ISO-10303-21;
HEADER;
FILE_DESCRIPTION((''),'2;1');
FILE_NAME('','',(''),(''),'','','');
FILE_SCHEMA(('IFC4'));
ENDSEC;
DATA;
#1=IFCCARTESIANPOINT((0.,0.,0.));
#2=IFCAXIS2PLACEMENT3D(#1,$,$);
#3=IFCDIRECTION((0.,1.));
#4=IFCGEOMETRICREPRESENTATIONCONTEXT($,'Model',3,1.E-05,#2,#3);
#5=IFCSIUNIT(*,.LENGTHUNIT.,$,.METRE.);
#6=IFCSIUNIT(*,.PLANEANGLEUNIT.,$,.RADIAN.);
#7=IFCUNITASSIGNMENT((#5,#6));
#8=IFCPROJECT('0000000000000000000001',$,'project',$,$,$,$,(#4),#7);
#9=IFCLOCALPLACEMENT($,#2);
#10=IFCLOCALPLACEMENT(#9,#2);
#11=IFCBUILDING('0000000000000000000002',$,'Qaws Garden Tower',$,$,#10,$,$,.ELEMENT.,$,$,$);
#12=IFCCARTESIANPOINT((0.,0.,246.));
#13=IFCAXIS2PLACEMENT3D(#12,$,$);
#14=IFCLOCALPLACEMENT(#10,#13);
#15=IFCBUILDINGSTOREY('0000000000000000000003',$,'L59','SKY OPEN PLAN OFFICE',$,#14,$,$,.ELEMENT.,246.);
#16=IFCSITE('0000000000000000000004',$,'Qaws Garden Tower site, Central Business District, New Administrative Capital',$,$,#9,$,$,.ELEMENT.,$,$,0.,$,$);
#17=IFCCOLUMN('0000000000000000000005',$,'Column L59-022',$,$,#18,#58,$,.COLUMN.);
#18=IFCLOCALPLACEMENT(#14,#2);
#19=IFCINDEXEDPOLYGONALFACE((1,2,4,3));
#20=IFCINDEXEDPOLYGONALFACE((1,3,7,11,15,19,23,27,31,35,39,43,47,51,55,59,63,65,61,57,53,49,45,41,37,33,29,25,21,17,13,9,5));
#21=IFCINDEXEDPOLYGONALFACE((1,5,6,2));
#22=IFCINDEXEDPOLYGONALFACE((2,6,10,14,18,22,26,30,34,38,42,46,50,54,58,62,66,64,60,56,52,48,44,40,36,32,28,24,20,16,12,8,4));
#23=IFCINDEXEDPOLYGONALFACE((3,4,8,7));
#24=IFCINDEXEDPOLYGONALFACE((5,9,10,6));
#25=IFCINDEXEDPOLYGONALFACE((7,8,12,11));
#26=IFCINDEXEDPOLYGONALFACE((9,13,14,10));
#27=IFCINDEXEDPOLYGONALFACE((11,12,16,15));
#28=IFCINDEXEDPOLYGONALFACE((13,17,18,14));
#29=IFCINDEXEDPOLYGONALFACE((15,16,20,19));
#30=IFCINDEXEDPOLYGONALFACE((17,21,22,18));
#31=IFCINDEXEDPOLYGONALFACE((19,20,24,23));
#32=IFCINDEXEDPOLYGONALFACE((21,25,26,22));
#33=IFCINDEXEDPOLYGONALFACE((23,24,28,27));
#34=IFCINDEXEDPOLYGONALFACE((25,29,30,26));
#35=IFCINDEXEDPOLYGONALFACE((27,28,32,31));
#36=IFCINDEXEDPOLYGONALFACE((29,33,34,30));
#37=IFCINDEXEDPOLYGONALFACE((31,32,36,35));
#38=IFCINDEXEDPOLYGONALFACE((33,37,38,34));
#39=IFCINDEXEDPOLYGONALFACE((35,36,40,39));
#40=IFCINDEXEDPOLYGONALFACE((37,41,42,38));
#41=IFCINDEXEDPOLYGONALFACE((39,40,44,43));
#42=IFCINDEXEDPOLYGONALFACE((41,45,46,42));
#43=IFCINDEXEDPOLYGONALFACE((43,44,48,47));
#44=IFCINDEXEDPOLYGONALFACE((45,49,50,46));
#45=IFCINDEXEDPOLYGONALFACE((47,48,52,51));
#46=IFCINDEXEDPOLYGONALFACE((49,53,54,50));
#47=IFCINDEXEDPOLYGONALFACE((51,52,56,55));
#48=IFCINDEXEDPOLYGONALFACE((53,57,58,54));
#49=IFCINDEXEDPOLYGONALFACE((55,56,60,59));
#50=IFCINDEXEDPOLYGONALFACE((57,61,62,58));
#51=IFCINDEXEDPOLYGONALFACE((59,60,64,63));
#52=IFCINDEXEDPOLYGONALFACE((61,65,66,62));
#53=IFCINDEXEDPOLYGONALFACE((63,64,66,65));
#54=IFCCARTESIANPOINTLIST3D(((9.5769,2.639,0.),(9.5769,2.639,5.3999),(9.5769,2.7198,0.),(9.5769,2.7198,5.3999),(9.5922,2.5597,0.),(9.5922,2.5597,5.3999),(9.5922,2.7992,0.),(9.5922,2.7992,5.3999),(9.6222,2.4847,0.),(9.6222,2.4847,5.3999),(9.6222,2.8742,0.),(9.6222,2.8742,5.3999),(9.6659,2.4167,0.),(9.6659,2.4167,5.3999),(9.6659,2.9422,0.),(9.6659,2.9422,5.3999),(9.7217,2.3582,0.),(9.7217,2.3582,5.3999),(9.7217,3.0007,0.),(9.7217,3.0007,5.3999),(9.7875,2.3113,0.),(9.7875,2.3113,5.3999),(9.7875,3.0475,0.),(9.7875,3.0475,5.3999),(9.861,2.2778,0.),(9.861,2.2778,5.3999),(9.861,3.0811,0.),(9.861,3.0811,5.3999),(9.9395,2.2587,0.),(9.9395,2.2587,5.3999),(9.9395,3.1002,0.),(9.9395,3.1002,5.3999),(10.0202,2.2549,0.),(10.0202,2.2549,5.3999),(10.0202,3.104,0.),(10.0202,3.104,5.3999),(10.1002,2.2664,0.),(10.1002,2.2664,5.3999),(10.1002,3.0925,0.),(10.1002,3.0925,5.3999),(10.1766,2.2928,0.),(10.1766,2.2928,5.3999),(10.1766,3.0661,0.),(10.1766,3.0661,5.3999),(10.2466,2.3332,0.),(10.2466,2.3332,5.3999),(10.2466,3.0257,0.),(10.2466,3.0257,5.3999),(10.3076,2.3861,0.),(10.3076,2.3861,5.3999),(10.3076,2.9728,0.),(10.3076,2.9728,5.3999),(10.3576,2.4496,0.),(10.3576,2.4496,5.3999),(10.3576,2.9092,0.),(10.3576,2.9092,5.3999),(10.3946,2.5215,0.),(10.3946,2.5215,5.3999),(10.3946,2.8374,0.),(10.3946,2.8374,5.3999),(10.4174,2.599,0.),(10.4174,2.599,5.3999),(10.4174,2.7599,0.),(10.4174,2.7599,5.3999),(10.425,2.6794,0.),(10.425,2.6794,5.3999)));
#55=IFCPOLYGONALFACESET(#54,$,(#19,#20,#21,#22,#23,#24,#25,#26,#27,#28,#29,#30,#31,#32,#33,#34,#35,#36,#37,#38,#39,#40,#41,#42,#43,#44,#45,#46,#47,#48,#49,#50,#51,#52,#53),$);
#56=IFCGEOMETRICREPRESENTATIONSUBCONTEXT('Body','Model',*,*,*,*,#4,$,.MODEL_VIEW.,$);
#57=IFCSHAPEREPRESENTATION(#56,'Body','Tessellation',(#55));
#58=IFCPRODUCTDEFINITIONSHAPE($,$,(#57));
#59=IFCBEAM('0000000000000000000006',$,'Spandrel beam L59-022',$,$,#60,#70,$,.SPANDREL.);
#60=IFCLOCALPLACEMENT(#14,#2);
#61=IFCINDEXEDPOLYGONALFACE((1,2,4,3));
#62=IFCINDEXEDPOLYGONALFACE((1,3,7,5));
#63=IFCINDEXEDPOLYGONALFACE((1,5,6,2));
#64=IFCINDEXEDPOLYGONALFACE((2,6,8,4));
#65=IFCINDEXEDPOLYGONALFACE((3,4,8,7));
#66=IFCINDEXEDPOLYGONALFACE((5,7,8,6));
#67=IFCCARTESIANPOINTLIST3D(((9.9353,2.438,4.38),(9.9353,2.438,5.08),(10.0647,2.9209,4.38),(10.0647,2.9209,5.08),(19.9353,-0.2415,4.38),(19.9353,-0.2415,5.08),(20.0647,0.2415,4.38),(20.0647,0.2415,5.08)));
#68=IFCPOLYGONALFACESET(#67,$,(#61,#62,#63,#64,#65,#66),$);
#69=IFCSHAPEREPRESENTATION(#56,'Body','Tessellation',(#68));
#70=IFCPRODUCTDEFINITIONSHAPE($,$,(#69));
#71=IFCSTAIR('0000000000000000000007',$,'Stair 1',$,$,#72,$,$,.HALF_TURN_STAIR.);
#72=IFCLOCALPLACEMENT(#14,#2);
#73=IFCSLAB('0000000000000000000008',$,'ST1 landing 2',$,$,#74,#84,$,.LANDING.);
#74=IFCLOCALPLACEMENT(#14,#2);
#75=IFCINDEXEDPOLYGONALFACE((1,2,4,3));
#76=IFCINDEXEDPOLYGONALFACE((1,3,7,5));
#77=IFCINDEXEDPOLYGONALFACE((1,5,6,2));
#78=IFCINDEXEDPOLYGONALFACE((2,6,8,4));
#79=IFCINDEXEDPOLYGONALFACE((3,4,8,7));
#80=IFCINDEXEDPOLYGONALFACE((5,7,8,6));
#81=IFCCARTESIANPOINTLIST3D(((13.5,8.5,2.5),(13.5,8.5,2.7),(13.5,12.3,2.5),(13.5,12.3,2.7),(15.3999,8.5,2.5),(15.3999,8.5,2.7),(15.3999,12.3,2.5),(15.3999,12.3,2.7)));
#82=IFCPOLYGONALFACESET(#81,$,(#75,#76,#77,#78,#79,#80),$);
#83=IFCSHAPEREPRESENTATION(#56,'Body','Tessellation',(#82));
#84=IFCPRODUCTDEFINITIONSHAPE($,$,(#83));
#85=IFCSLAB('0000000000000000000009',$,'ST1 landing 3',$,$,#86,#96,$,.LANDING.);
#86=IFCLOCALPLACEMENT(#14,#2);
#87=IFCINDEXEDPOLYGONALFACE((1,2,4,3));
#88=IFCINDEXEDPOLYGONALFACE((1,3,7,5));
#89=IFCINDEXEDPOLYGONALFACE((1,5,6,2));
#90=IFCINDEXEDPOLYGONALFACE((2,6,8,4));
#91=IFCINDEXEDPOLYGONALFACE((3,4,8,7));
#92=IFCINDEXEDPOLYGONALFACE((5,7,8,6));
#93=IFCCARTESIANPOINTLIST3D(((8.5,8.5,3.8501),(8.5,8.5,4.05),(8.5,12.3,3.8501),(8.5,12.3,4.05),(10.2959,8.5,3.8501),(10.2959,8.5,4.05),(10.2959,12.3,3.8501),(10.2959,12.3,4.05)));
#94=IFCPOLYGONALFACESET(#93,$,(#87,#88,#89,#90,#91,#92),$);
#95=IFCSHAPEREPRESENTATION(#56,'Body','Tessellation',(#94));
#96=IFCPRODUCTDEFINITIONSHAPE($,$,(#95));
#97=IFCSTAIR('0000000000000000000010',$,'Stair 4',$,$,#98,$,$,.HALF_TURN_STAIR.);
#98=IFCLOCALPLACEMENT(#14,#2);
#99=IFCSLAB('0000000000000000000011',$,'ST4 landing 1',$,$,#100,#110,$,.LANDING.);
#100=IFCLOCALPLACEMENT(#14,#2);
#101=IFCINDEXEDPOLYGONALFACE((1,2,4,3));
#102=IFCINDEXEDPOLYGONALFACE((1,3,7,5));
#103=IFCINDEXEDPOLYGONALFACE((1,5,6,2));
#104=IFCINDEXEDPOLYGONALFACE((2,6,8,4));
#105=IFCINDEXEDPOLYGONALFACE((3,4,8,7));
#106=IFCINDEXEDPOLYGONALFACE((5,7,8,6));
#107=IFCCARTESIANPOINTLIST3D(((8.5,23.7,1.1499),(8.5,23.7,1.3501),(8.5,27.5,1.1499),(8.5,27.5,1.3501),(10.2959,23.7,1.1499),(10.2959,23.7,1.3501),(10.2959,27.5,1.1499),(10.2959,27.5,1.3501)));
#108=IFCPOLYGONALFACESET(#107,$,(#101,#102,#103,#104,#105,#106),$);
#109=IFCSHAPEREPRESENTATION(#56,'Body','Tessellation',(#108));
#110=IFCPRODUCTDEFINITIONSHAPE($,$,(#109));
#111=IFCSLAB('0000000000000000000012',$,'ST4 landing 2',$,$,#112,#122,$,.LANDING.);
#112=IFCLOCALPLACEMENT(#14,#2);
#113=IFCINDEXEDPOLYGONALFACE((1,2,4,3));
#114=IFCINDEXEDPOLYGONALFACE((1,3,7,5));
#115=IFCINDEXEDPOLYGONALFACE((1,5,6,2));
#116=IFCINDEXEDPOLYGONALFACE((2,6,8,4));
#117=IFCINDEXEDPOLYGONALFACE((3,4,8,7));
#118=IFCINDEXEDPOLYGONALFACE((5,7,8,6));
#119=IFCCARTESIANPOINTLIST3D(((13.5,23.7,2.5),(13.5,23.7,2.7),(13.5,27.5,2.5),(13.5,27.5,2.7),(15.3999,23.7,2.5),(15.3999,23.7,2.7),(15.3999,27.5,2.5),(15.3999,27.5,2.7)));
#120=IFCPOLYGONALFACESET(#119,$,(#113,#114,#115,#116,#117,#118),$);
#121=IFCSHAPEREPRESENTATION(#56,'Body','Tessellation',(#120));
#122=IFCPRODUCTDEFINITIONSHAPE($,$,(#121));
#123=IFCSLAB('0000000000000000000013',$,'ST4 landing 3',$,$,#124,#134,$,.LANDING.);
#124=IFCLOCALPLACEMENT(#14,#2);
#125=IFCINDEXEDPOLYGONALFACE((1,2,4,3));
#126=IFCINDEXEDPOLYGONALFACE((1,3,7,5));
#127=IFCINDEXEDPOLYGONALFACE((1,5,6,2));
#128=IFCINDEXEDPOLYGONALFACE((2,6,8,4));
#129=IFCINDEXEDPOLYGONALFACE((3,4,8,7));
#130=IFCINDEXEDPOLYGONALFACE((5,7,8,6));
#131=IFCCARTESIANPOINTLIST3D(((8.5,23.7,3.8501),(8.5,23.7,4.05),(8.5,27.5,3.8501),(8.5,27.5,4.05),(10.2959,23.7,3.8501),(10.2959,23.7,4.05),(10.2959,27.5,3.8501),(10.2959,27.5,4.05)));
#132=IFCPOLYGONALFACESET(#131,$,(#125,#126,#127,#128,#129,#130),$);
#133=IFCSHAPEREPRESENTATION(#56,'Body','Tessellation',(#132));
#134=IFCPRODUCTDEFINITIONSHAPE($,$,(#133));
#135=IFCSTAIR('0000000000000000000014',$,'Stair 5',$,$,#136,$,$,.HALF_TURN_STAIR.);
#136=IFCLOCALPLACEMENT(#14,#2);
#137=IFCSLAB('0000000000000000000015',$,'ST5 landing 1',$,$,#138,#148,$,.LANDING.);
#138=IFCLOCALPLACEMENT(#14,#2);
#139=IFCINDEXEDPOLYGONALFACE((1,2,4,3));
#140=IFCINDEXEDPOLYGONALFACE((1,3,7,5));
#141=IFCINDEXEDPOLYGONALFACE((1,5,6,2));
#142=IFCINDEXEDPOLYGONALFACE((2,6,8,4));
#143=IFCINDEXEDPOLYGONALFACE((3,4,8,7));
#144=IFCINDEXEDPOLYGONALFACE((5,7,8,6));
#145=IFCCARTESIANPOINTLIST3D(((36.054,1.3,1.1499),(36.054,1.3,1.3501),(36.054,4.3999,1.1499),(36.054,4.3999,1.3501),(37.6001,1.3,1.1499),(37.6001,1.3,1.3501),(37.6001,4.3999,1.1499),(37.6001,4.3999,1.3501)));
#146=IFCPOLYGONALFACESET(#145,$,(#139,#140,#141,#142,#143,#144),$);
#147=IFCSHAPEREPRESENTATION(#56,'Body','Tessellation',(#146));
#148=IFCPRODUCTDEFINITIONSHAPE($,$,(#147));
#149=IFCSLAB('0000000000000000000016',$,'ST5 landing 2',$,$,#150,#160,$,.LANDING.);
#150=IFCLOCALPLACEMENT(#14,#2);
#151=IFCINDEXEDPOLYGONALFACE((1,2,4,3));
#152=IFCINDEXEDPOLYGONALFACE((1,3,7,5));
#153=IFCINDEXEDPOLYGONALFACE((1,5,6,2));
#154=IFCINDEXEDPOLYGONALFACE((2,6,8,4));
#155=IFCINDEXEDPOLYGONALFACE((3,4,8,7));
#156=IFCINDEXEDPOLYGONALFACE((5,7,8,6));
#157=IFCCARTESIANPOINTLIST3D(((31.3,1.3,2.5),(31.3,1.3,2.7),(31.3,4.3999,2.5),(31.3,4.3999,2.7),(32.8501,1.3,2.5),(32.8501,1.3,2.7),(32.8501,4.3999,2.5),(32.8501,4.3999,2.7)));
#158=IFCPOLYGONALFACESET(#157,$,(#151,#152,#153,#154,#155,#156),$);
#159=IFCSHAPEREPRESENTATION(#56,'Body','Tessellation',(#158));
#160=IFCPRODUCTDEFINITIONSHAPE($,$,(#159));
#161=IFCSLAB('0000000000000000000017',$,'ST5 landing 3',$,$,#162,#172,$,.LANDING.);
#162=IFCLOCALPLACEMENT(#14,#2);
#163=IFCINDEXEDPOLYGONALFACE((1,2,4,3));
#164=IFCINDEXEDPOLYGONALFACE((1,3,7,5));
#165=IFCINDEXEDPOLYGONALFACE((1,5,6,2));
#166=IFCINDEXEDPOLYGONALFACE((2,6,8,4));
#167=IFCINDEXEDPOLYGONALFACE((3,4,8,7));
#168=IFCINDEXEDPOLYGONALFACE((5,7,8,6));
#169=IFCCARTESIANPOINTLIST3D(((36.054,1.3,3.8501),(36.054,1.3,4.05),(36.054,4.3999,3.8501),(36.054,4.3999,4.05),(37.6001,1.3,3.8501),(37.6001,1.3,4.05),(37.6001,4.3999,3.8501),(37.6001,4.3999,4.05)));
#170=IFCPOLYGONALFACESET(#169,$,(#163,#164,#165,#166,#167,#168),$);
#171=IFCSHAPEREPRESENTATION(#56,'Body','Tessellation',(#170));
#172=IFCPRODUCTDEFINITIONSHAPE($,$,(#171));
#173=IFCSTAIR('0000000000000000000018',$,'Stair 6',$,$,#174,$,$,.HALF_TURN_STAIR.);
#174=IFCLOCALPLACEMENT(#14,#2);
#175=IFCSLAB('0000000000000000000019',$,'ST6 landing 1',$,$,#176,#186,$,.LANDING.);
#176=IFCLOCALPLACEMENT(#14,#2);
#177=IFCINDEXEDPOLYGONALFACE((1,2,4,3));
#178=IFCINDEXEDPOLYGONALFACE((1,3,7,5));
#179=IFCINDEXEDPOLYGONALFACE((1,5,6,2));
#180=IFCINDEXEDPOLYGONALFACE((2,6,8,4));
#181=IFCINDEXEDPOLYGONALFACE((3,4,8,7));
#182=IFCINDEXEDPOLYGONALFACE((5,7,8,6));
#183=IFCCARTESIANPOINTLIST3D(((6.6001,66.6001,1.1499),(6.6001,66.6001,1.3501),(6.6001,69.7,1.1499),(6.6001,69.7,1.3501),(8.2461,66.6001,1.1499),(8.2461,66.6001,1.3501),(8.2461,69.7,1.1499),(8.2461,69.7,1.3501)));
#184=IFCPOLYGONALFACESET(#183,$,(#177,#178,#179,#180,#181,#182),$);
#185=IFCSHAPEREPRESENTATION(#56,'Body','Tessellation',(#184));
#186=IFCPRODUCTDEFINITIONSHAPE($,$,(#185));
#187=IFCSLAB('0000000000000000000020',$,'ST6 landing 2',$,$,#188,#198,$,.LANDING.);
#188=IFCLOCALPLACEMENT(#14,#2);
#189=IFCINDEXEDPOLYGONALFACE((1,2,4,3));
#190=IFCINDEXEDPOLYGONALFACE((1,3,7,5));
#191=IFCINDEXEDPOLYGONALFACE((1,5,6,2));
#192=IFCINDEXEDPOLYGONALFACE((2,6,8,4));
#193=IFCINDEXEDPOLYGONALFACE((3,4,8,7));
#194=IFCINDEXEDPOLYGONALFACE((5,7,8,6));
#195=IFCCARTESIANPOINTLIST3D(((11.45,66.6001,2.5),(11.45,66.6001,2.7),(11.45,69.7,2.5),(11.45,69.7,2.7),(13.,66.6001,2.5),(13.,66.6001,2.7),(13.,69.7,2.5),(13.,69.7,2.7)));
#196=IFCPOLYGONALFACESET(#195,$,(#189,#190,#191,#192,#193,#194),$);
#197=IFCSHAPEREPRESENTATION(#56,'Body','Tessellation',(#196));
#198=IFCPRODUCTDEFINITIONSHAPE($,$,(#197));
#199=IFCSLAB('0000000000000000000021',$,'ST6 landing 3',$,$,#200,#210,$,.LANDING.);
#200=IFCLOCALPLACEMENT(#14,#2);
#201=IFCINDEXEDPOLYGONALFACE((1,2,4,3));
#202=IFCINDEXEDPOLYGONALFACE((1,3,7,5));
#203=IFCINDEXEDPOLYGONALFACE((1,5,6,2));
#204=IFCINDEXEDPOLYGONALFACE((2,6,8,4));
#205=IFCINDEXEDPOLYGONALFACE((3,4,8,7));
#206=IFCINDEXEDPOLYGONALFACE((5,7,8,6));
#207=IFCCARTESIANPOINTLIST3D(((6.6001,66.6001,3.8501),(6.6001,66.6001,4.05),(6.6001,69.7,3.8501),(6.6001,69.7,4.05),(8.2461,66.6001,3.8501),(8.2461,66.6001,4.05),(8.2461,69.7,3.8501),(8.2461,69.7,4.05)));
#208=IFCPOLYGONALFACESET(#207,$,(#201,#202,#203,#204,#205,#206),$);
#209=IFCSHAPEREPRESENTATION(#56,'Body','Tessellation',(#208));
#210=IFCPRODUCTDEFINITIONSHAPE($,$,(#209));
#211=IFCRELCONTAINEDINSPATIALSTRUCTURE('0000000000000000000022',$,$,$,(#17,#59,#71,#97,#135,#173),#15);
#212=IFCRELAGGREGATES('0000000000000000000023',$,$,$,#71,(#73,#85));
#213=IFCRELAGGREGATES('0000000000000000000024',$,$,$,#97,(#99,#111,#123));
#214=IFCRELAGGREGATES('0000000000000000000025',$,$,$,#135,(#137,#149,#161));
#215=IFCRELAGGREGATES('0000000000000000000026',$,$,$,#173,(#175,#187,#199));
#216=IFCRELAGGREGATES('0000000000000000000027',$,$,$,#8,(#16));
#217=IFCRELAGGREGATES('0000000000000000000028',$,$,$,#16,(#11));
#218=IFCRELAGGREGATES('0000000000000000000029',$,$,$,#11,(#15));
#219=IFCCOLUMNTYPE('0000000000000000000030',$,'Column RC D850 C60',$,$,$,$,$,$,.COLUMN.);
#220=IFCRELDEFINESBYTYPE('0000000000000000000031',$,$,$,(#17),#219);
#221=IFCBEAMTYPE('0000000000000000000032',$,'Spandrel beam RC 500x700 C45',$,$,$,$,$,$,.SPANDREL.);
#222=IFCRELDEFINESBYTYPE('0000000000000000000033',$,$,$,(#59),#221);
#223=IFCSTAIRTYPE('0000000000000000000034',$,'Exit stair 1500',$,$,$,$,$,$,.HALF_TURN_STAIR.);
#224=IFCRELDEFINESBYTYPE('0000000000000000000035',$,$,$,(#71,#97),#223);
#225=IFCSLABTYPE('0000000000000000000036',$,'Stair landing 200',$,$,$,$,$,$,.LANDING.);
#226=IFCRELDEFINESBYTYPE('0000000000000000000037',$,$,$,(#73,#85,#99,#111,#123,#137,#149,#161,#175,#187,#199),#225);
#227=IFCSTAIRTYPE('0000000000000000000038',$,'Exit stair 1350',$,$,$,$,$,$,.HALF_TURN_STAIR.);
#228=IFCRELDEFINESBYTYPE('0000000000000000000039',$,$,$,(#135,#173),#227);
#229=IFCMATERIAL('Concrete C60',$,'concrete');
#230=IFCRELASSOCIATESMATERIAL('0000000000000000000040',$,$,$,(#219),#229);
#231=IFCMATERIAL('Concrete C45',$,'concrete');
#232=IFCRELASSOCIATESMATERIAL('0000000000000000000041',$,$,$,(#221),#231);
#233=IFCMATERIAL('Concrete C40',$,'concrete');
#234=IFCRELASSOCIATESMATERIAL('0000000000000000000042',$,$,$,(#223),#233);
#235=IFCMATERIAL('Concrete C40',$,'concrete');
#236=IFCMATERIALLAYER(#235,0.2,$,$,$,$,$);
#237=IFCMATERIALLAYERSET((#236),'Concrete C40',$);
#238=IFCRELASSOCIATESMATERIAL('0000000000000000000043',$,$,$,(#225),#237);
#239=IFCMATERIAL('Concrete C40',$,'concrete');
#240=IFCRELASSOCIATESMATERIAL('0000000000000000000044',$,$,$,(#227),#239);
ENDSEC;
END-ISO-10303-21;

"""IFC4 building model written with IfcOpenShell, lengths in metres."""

from ifc_helpers import new_model, si_unit, direction, frame, origin, origin_2d, place, context, subcontext, project, spatial, polyline, rectangle, circle, outline, extrude, material, layer, layer_set, material_profile, profile_set, type_object, element, aggregate, save


model = new_model("IFC4")

# Units and contexts
model_context = context("Model", 3, precision=1e-05, world=origin(), true_north=direction((0.0, 1.0)))
body_context = subcontext(model_context, "Body", "Model", "MODEL_VIEW")
ifc_project = project(units=[si_unit("LENGTHUNIT", "METRE"), si_unit("PLANEANGLEUNIT", "RADIAN")], contexts=[model_context])

# Site, building, storey
site_placement = place(None, origin())
site = spatial("IfcSite", under=ifc_project, at=site_placement, Name="Qaws Garden Tower site, Central Business District, New Administrative Capital", CompositionType="ELEMENT", RefElevation=0.0)
building_placement = place(site_placement, origin())
building = spatial("IfcBuilding", under=site, at=building_placement, Name="Qaws Garden Tower", CompositionType="ELEMENT")
storey_placement = place(building_placement, frame((0.0, 0.0, 246.0)))
storey = spatial("IfcBuildingStorey", under=building, at=storey_placement, Name="L59", Description="SKY OPEN PLAN OFFICE", CompositionType="ELEMENT", Elevation=246.0)

# Column
ifc_material_1 = material(Name="Concrete C60", Category="concrete")
ifc_material_profile_1 = material_profile(ifc_material_1, circle(Radius=0.425, at=origin_2d()), Name="RC D850")
ifc_profile_set_1 = profile_set([ifc_material_profile_1], Name="Concrete C60")
column_type = type_object("IfcColumnType", Name="Column RC D850 C60", PredefinedType="COLUMN", material=ifc_profile_set_1)
column_placement = place(storey_placement, frame((10.0, 2.6794, 0.0), z_axis=(0.0, 0.0, 1.0), x_axis=(1.0, 0.0, 0.0)))
element("IfcColumn", 1, at=column_placement, inside=storey, type_object=column_type, Name="Column L59-022", PredefinedType="COLUMN", context=body_context, shape_type="SweptSolid", body=[
    extrude(circle(Radius=0.425, at=origin_2d()), origin(), (0.0, 0.0, 1.0), 5.3999),
])

# Beam
ifc_material_2 = material(Name="Concrete C45", Category="concrete")
ifc_material_profile_2 = material_profile(ifc_material_2, rectangle(XDim=0.5, YDim=0.7, at=origin_2d()), Name="RC 500x700")
ifc_profile_set_2 = profile_set([ifc_material_profile_2], Name="Concrete C45")
beam_type = type_object("IfcBeamType", Name="Spandrel beam RC 500x700 C45", PredefinedType="SPANDREL", material=ifc_profile_set_2)
beam_placement = place(storey_placement, frame((10.0, 2.6794, 4.73), z_axis=(0.965927, -0.258815, 0.0), x_axis=(0.258815, 0.965927, 0.0)))
element("IfcBeam", 2, at=beam_placement, inside=storey, type_object=beam_type, Name="Spandrel beam L59-022", PredefinedType="SPANDREL", context=body_context, shape_type="SweptSolid", body=[
    extrude(rectangle(XDim=0.5, YDim=0.7, at=origin_2d()), origin(), (0.0, 0.0, 1.0), 10.3528),
])

# Stairs, slabs
ifc_material_3 = material(Name="Concrete C40", Category="concrete")
stair_type_1 = type_object("IfcStairType", Name="Exit stair 1500", PredefinedType="HALF_TURN_STAIR", material=ifc_material_3)
placement_1 = place(storey_placement, origin())
stair_1 = element("IfcStair", 3, at=placement_1, inside=storey, type_object=stair_type_1, Name="Stair 1", PredefinedType="HALF_TURN_STAIR")
ifc_material_4 = material(Name="Concrete C40", Category="concrete")
ifc_layer = layer(ifc_material_4, 0.2)
ifc_layer_set = layer_set([ifc_layer], Name="Concrete C40")
slab_type = type_object("IfcSlabType", Name="Stair landing 200", PredefinedType="LANDING", material=ifc_layer_set)
placement_2 = place(storey_placement, frame((0.0, 0.0, 2.5)))
slab_1 = element("IfcSlab", 4, at=placement_2, type_object=slab_type, Name="ST1 landing 2", PredefinedType="LANDING", context=body_context, shape_type="SweptSolid", body=[
    extrude(outline(polyline([(13.5, 8.5), (15.3999, 8.5), (15.3999, 12.3), (13.5, 12.3), (13.5, 8.5)])), origin(), (0.0, 0.0, 1.0), 0.2),
])
placement_3 = place(storey_placement, frame((0.0, 0.0, 3.8501)))
slab_2 = element("IfcSlab", 5, at=placement_3, type_object=slab_type, Name="ST1 landing 3", PredefinedType="LANDING", context=body_context, shape_type="SweptSolid", body=[
    extrude(outline(polyline([(8.5, 8.5), (10.2959, 8.5), (10.2959, 12.3), (8.5, 12.3), (8.5, 8.5)])), origin(), (0.0, 0.0, 1.0), 0.2),
])
aggregate(stair_1, [slab_1, slab_2])
stair_2 = element("IfcStair", 6, at=placement_1, inside=storey, type_object=stair_type_1, Name="Stair 4", PredefinedType="HALF_TURN_STAIR")
placement_4 = place(storey_placement, frame((0.0, 0.0, 1.1499)))
slab_3 = element("IfcSlab", 7, at=placement_4, type_object=slab_type, Name="ST4 landing 1", PredefinedType="LANDING", context=body_context, shape_type="SweptSolid", body=[
    extrude(outline(polyline([(8.5, 23.7), (10.2959, 23.7), (10.2959, 27.5), (8.5, 27.5), (8.5, 23.7)])), origin(), (0.0, 0.0, 1.0), 0.2002),
])
slab_4 = element("IfcSlab", 8, at=placement_2, type_object=slab_type, Name="ST4 landing 2", PredefinedType="LANDING", context=body_context, shape_type="SweptSolid", body=[
    extrude(outline(polyline([(13.5, 23.7), (15.3999, 23.7), (15.3999, 27.5), (13.5, 27.5), (13.5, 23.7)])), origin(), (0.0, 0.0, 1.0), 0.2),
])
slab_5 = element("IfcSlab", 9, at=placement_3, type_object=slab_type, Name="ST4 landing 3", PredefinedType="LANDING", context=body_context, shape_type="SweptSolid", body=[
    extrude(outline(polyline([(8.5, 23.7), (10.2959, 23.7), (10.2959, 27.5), (8.5, 27.5), (8.5, 23.7)])), origin(), (0.0, 0.0, 1.0), 0.2),
])
aggregate(stair_2, [slab_3, slab_4, slab_5])
ifc_material_5 = material(Name="Concrete C40", Category="concrete")
stair_type_2 = type_object("IfcStairType", Name="Exit stair 1350", PredefinedType="HALF_TURN_STAIR", material=ifc_material_5)
stair_3 = element("IfcStair", 10, at=placement_1, inside=storey, type_object=stair_type_2, Name="Stair 5", PredefinedType="HALF_TURN_STAIR")
slab_6 = element("IfcSlab", 11, at=placement_4, type_object=slab_type, Name="ST5 landing 1", PredefinedType="LANDING", context=body_context, shape_type="SweptSolid", body=[
    extrude(outline(polyline([(36.054, 1.3), (37.6001, 1.3), (37.6001, 4.3999), (36.054, 4.3999), (36.054, 1.3)])), origin(), (0.0, 0.0, 1.0), 0.2002),
])
slab_7 = element("IfcSlab", 12, at=placement_2, type_object=slab_type, Name="ST5 landing 2", PredefinedType="LANDING", context=body_context, shape_type="SweptSolid", body=[
    extrude(outline(polyline([(31.3, 1.3), (32.8501, 1.3), (32.8501, 4.3999), (31.3, 4.3999), (31.3, 1.3)])), origin(), (0.0, 0.0, 1.0), 0.2),
])
slab_8 = element("IfcSlab", 13, at=placement_3, type_object=slab_type, Name="ST5 landing 3", PredefinedType="LANDING", context=body_context, shape_type="SweptSolid", body=[
    extrude(outline(polyline([(36.054, 1.3), (37.6001, 1.3), (37.6001, 4.3999), (36.054, 4.3999), (36.054, 1.3)])), origin(), (0.0, 0.0, 1.0), 0.2),
])
aggregate(stair_3, [slab_6, slab_7, slab_8])
stair_4 = element("IfcStair", 14, at=placement_1, inside=storey, type_object=stair_type_2, Name="Stair 6", PredefinedType="HALF_TURN_STAIR")
slab_9 = element("IfcSlab", 15, at=placement_4, type_object=slab_type, Name="ST6 landing 1", PredefinedType="LANDING", context=body_context, shape_type="SweptSolid", body=[
    extrude(outline(polyline([(6.6001, 66.6001), (8.2461, 66.6001), (8.2461, 69.7), (6.6001, 69.7), (6.6001, 66.6001)])), origin(), (0.0, 0.0, 1.0), 0.2002),
])
slab_10 = element("IfcSlab", 16, at=placement_2, type_object=slab_type, Name="ST6 landing 2", PredefinedType="LANDING", context=body_context, shape_type="SweptSolid", body=[
    extrude(outline(polyline([(11.45, 66.6001), (13.0, 66.6001), (13.0, 69.7), (11.45, 69.7), (11.45, 66.6001)])), origin(), (0.0, 0.0, 1.0), 0.2),
])
slab_11 = element("IfcSlab", 17, at=placement_3, type_object=slab_type, Name="ST6 landing 3", PredefinedType="LANDING", context=body_context, shape_type="SweptSolid", body=[
    extrude(outline(polyline([(6.6001, 66.6001), (8.2461, 66.6001), (8.2461, 69.7), (6.6001, 69.7), (6.6001, 66.6001)])), origin(), (0.0, 0.0, 1.0), 0.2),
])
aggregate(stair_4, [slab_9, slab_10, slab_11])

save(model, "model.ifc")
